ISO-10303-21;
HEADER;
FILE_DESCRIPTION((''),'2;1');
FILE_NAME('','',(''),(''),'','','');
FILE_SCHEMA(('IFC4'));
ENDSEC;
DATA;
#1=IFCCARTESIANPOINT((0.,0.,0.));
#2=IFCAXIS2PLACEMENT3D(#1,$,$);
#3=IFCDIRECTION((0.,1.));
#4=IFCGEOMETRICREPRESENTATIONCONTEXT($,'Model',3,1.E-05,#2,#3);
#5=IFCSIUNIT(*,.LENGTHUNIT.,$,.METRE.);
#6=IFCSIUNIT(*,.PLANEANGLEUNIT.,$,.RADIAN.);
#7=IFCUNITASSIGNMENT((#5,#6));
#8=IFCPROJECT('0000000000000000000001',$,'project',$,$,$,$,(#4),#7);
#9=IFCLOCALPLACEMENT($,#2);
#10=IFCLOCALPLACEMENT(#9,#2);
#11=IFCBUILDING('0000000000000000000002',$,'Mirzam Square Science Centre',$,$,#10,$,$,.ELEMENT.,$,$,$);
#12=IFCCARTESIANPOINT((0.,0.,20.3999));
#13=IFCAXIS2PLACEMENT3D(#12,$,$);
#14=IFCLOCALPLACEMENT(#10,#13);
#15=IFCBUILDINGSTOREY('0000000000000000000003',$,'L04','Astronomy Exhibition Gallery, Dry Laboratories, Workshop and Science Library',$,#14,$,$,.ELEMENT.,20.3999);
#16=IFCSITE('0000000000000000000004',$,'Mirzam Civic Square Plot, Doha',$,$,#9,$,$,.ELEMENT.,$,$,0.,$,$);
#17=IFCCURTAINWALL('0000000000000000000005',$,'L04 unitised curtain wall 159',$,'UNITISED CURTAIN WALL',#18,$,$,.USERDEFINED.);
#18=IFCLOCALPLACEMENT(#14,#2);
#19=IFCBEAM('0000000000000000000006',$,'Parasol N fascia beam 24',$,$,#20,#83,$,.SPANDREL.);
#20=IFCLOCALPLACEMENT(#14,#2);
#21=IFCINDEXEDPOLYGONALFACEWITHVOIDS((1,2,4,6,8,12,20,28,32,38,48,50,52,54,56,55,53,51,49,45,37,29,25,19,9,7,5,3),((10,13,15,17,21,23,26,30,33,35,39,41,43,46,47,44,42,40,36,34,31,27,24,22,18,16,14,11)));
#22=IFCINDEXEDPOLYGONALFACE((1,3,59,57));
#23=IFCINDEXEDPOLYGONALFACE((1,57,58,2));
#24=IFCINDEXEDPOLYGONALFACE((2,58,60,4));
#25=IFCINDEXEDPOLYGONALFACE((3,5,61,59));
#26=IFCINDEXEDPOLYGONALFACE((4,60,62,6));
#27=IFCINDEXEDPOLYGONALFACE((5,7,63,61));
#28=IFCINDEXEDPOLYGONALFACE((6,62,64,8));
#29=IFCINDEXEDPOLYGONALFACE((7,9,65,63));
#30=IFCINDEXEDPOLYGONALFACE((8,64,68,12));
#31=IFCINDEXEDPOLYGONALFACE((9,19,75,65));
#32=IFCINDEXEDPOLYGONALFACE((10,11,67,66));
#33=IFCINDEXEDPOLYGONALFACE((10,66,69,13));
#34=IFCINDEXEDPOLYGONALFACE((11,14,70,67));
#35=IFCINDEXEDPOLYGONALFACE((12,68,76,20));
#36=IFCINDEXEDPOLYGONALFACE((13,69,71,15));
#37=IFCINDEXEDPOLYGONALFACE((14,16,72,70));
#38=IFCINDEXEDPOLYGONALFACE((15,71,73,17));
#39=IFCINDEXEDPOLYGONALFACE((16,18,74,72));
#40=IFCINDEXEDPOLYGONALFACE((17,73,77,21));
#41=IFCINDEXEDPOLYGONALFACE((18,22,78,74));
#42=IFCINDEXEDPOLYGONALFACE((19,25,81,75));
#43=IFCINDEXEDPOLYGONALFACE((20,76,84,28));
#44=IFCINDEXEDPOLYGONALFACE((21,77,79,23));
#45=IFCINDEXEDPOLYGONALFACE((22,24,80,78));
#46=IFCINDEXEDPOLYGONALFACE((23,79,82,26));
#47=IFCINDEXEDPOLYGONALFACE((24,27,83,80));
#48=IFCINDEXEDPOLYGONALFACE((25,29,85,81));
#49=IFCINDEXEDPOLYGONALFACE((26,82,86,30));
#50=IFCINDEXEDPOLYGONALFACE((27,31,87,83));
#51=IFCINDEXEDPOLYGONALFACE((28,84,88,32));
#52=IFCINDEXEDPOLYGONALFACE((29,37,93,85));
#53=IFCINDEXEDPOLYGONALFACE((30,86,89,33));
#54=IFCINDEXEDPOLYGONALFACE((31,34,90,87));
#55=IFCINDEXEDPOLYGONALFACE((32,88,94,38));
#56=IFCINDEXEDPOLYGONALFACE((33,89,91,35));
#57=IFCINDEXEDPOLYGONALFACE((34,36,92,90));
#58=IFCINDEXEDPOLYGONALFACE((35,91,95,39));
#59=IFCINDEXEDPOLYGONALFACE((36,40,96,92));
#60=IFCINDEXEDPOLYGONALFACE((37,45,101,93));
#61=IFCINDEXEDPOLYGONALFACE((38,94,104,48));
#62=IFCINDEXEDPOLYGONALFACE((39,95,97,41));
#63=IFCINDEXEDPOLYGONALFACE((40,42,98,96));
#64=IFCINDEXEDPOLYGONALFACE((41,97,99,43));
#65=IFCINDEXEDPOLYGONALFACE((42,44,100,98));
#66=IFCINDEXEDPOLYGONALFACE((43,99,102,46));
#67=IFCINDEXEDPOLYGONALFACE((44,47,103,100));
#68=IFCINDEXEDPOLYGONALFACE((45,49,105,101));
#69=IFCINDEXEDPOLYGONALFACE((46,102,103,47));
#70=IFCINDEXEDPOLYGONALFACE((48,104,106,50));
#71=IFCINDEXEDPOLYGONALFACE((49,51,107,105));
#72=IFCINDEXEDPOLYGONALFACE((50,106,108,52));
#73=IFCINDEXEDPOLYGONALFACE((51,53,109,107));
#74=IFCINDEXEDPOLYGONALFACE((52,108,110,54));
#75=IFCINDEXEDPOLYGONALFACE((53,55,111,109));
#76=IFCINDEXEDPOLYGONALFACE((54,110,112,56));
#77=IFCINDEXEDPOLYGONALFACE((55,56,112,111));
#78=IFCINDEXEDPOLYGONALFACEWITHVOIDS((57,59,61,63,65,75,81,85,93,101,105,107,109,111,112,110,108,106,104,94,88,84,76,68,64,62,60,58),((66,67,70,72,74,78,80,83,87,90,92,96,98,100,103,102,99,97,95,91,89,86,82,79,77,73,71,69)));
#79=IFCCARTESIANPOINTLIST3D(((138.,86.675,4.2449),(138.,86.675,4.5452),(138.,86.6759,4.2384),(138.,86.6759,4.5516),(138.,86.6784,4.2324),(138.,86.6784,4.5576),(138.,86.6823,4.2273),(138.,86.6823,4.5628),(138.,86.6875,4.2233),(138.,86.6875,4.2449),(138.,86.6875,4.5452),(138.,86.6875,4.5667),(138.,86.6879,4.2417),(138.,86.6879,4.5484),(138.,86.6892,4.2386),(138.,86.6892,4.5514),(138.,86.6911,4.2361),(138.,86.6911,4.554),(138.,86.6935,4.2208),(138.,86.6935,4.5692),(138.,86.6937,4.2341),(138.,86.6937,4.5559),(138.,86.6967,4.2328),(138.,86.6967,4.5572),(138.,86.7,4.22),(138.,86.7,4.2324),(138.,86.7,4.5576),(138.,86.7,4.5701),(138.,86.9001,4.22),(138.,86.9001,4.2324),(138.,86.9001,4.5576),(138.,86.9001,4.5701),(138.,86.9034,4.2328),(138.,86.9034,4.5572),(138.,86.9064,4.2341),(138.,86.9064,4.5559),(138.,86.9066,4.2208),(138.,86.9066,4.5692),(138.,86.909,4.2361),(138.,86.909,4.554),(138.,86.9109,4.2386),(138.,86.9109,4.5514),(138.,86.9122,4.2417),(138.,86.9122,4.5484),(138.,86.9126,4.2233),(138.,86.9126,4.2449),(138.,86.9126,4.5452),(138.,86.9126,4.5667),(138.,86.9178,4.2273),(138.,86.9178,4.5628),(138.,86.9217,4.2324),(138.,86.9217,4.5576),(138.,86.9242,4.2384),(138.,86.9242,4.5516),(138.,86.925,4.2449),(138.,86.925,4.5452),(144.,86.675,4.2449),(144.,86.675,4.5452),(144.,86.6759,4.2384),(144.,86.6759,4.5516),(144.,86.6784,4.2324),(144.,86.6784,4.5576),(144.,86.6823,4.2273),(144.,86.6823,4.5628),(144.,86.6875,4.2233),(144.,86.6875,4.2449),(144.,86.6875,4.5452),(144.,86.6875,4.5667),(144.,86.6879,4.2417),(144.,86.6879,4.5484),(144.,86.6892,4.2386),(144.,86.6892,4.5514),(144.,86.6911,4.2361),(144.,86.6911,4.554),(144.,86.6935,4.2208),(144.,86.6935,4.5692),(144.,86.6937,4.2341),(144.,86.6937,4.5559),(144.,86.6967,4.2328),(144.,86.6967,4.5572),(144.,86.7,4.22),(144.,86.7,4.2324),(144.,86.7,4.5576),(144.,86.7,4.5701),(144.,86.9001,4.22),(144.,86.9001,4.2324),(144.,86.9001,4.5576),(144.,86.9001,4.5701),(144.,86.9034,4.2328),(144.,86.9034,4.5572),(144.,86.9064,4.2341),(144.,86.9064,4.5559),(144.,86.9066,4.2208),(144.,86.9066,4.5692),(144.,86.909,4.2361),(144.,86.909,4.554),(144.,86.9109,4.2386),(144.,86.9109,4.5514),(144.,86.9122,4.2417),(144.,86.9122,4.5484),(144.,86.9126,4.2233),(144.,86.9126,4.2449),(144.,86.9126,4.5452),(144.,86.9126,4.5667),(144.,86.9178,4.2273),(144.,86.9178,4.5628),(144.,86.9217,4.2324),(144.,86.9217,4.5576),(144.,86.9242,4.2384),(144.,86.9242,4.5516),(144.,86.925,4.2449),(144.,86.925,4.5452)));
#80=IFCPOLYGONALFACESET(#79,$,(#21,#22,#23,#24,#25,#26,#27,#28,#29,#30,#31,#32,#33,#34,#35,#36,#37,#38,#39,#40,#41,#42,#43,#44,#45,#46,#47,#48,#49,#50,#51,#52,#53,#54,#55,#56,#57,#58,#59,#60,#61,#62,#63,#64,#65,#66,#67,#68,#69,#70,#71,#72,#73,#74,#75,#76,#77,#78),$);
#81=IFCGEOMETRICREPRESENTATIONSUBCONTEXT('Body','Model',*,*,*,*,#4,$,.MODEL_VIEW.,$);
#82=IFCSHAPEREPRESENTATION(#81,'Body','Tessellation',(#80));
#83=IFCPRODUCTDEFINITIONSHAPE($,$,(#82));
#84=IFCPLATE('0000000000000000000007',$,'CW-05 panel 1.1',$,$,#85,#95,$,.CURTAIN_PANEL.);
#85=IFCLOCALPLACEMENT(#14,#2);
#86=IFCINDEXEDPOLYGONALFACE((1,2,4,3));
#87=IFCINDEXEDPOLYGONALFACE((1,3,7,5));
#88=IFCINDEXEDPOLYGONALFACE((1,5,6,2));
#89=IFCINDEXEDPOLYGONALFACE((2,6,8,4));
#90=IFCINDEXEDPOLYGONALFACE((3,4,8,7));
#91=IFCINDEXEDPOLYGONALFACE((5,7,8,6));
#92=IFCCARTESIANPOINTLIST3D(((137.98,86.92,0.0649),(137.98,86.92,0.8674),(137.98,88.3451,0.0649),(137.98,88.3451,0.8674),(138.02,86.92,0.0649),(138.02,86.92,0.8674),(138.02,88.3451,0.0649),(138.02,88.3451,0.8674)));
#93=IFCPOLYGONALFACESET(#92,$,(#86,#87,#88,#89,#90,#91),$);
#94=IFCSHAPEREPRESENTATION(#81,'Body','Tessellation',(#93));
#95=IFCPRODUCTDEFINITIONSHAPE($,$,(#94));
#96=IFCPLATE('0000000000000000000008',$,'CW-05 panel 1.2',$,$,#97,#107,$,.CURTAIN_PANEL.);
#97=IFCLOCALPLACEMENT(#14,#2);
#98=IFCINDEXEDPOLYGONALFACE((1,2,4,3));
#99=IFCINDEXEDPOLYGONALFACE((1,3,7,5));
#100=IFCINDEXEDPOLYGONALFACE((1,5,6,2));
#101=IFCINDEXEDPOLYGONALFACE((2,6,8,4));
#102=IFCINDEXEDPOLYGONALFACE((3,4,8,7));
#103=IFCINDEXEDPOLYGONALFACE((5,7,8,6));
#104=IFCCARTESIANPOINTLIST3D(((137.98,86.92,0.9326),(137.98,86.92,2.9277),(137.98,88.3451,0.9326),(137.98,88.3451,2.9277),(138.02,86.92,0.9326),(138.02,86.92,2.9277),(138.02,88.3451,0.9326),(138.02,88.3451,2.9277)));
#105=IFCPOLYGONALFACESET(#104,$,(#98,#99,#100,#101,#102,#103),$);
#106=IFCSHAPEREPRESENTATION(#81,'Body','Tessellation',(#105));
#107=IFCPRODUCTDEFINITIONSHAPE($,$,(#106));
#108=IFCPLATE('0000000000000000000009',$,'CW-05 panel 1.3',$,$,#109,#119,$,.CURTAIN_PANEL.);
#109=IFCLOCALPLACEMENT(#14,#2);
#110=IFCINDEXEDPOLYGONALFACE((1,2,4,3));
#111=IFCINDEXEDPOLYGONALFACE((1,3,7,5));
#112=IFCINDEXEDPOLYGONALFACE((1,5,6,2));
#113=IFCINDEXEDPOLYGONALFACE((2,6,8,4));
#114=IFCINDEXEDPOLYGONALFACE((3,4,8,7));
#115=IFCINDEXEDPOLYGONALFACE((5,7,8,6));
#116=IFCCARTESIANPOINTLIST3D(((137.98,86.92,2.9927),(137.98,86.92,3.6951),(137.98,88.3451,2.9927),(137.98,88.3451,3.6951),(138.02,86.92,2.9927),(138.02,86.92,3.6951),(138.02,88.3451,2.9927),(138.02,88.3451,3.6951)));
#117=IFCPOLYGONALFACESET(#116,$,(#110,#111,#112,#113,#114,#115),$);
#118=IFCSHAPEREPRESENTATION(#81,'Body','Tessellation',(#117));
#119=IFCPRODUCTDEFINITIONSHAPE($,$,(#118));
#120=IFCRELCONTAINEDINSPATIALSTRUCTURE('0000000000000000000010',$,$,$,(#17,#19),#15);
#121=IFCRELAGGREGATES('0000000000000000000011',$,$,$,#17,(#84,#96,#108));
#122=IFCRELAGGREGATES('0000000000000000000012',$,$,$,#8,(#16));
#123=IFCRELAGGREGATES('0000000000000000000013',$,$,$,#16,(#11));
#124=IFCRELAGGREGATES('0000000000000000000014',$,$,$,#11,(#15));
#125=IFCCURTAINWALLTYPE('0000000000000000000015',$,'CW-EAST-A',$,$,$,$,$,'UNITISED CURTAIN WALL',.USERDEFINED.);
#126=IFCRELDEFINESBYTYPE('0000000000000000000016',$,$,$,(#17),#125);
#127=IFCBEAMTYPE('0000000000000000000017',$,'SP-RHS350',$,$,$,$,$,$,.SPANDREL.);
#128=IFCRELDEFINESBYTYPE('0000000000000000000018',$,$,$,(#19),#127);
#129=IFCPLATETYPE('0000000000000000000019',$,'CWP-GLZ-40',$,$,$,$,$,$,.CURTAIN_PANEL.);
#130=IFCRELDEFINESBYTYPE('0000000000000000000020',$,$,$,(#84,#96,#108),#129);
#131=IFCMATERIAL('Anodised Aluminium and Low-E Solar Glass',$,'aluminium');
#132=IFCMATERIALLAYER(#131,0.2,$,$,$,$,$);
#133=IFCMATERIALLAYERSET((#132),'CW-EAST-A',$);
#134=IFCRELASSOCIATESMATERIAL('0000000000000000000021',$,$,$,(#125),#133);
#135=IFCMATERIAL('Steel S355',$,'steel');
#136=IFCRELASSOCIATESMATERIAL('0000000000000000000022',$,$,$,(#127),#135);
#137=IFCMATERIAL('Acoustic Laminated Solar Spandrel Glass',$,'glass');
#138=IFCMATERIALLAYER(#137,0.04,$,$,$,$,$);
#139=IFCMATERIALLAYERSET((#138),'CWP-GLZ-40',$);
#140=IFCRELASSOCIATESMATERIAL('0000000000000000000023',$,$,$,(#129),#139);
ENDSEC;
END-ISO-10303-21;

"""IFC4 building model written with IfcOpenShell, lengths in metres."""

from ifc_helpers import new_model, si_unit, direction, frame, origin, origin_2d, place, context, subcontext, project, spatial, rectangle, hollow_rectangle, extrude, material, layer, layer_set, material_profile, profile_set, type_object, element, aggregate, save


model = new_model("IFC4")

# Units and contexts
model_context = context("Model", 3, precision=1e-05, world=origin(), true_north=direction((0.0, 1.0)))
body_context = subcontext(model_context, "Body", "Model", "MODEL_VIEW")
ifc_project = project(units=[si_unit("LENGTHUNIT", "METRE"), si_unit("PLANEANGLEUNIT", "RADIAN")], contexts=[model_context])

# Site, building, storey
site_placement = place(None, origin())
site = spatial("IfcSite", under=ifc_project, at=site_placement, Name="Mirzam Civic Square Plot, Doha", CompositionType="ELEMENT", RefElevation=0.0)
building_placement = place(site_placement, origin())
building = spatial("IfcBuilding", under=site, at=building_placement, Name="Mirzam Square Science Centre", CompositionType="ELEMENT")
storey_placement = place(building_placement, frame((0.0, 0.0, 20.3999)))
storey = spatial("IfcBuildingStorey", under=building, at=storey_placement, Name="L04", Description="Astronomy Exhibition Gallery, Dry Laboratories, Workshop and Science Library", CompositionType="ELEMENT", Elevation=20.3999)

# Shared definitions
ifc_material_1 = material(Name="Steel S355", Category="steel")

# Curtain wall
ifc_material_2 = material(Name="Anodised Aluminium and Low-E Solar Glass", Category="aluminium")
ifc_layer_1 = layer(ifc_material_2, 0.2)
ifc_layer_set_1 = layer_set([ifc_layer_1], Name="CW-EAST-A")
curtain_wall_type = type_object("IfcCurtainWallType", Name="CW-EAST-A", ElementType="UNITISED CURTAIN WALL", PredefinedType="USERDEFINED", material=ifc_layer_set_1)
curtain_wall_placement = place(storey_placement, origin())
curtain_wall = element("IfcCurtainWall", 1, at=curtain_wall_placement, inside=storey, type_object=curtain_wall_type, Name="L04 unitised curtain wall 159", ObjectType="UNITISED CURTAIN WALL", PredefinedType="USERDEFINED")

# Beam
ifc_material_profile_1 = material_profile(ifc_material_1, hollow_rectangle(XDim=0.25, YDim=0.3501, WallThickness=0.0125, InnerFilletRadius=0.0125, OuterFilletRadius=0.0249, at=origin_2d()), Name="350x250x12.5RHS")
ifc_profile_set_1 = profile_set([ifc_material_profile_1], Name="Steel S355")
beam_type_1 = type_object("IfcBeamType", Name="SP-RHS350", PredefinedType="SPANDREL", material=ifc_profile_set_1)
beam_1_placement = place(storey_placement, frame((138.0, 86.8, 4.395), z_axis=(1.0, 0.0, 0.0), x_axis=(0.0, 1.0, 0.0)))
element("IfcBeam", 2, at=beam_1_placement, inside=storey, type_object=beam_type_1, Name="Parasol N fascia beam 24", PredefinedType="SPANDREL", context=body_context, shape_type="SweptSolid", body=[
    extrude(hollow_rectangle(XDim=0.25, YDim=0.3501, WallThickness=0.0125, InnerFilletRadius=0.0125, OuterFilletRadius=0.0249, at=origin_2d()), origin(), (0.0, 0.0, 1.0), 6.0),
])

# Plates
ifc_material_3 = material(Name="Acoustic Laminated Solar Spandrel Glass", Category="glass")
ifc_layer_2 = layer(ifc_material_3, 0.04)
ifc_layer_set_2 = layer_set([ifc_layer_2], Name="CWP-GLZ-40")
plate_type = type_object("IfcPlateType", Name="CWP-GLZ-40", PredefinedType="CURTAIN_PANEL", material=ifc_layer_set_2)
plate_1_placement = place(storey_placement, frame((138.0, 87.6326, 0.0649), z_axis=(0.0, 0.0, 1.0), x_axis=(0.0, 1.0, 0.0)))
plate_1 = element("IfcPlate", 3, at=plate_1_placement, type_object=plate_type, Name="CW-05 panel 1.1", PredefinedType="CURTAIN_PANEL", context=body_context, shape_type="SweptSolid", body=[
    extrude(rectangle(XDim=1.425, YDim=0.04, at=origin_2d()), origin(), (0.0, 0.0, 1.0), 0.8025),
])
plate_2_placement = place(storey_placement, frame((138.0, 87.6326, 0.9326), z_axis=(0.0, 0.0, 1.0), x_axis=(0.0, 1.0, 0.0)))
plate_2 = element("IfcPlate", 4, at=plate_2_placement, type_object=plate_type, Name="CW-05 panel 1.2", PredefinedType="CURTAIN_PANEL", context=body_context, shape_type="SweptSolid", body=[
    extrude(rectangle(XDim=1.425, YDim=0.04, at=origin_2d()), origin(), (0.0, 0.0, 1.0), 1.9951),
])
plate_3_placement = place(storey_placement, frame((138.0, 87.6326, 2.9927), z_axis=(0.0, 0.0, 1.0), x_axis=(0.0, 1.0, 0.0)))
plate_3 = element("IfcPlate", 5, at=plate_3_placement, type_object=plate_type, Name="CW-05 panel 1.3", PredefinedType="CURTAIN_PANEL", context=body_context, shape_type="SweptSolid", body=[
    extrude(rectangle(XDim=1.425, YDim=0.04, at=origin_2d()), origin(), (0.0, 0.0, 1.0), 0.7024),
])
aggregate(curtain_wall, [plate_1, plate_2, plate_3])

save(model, "model.ifc")
